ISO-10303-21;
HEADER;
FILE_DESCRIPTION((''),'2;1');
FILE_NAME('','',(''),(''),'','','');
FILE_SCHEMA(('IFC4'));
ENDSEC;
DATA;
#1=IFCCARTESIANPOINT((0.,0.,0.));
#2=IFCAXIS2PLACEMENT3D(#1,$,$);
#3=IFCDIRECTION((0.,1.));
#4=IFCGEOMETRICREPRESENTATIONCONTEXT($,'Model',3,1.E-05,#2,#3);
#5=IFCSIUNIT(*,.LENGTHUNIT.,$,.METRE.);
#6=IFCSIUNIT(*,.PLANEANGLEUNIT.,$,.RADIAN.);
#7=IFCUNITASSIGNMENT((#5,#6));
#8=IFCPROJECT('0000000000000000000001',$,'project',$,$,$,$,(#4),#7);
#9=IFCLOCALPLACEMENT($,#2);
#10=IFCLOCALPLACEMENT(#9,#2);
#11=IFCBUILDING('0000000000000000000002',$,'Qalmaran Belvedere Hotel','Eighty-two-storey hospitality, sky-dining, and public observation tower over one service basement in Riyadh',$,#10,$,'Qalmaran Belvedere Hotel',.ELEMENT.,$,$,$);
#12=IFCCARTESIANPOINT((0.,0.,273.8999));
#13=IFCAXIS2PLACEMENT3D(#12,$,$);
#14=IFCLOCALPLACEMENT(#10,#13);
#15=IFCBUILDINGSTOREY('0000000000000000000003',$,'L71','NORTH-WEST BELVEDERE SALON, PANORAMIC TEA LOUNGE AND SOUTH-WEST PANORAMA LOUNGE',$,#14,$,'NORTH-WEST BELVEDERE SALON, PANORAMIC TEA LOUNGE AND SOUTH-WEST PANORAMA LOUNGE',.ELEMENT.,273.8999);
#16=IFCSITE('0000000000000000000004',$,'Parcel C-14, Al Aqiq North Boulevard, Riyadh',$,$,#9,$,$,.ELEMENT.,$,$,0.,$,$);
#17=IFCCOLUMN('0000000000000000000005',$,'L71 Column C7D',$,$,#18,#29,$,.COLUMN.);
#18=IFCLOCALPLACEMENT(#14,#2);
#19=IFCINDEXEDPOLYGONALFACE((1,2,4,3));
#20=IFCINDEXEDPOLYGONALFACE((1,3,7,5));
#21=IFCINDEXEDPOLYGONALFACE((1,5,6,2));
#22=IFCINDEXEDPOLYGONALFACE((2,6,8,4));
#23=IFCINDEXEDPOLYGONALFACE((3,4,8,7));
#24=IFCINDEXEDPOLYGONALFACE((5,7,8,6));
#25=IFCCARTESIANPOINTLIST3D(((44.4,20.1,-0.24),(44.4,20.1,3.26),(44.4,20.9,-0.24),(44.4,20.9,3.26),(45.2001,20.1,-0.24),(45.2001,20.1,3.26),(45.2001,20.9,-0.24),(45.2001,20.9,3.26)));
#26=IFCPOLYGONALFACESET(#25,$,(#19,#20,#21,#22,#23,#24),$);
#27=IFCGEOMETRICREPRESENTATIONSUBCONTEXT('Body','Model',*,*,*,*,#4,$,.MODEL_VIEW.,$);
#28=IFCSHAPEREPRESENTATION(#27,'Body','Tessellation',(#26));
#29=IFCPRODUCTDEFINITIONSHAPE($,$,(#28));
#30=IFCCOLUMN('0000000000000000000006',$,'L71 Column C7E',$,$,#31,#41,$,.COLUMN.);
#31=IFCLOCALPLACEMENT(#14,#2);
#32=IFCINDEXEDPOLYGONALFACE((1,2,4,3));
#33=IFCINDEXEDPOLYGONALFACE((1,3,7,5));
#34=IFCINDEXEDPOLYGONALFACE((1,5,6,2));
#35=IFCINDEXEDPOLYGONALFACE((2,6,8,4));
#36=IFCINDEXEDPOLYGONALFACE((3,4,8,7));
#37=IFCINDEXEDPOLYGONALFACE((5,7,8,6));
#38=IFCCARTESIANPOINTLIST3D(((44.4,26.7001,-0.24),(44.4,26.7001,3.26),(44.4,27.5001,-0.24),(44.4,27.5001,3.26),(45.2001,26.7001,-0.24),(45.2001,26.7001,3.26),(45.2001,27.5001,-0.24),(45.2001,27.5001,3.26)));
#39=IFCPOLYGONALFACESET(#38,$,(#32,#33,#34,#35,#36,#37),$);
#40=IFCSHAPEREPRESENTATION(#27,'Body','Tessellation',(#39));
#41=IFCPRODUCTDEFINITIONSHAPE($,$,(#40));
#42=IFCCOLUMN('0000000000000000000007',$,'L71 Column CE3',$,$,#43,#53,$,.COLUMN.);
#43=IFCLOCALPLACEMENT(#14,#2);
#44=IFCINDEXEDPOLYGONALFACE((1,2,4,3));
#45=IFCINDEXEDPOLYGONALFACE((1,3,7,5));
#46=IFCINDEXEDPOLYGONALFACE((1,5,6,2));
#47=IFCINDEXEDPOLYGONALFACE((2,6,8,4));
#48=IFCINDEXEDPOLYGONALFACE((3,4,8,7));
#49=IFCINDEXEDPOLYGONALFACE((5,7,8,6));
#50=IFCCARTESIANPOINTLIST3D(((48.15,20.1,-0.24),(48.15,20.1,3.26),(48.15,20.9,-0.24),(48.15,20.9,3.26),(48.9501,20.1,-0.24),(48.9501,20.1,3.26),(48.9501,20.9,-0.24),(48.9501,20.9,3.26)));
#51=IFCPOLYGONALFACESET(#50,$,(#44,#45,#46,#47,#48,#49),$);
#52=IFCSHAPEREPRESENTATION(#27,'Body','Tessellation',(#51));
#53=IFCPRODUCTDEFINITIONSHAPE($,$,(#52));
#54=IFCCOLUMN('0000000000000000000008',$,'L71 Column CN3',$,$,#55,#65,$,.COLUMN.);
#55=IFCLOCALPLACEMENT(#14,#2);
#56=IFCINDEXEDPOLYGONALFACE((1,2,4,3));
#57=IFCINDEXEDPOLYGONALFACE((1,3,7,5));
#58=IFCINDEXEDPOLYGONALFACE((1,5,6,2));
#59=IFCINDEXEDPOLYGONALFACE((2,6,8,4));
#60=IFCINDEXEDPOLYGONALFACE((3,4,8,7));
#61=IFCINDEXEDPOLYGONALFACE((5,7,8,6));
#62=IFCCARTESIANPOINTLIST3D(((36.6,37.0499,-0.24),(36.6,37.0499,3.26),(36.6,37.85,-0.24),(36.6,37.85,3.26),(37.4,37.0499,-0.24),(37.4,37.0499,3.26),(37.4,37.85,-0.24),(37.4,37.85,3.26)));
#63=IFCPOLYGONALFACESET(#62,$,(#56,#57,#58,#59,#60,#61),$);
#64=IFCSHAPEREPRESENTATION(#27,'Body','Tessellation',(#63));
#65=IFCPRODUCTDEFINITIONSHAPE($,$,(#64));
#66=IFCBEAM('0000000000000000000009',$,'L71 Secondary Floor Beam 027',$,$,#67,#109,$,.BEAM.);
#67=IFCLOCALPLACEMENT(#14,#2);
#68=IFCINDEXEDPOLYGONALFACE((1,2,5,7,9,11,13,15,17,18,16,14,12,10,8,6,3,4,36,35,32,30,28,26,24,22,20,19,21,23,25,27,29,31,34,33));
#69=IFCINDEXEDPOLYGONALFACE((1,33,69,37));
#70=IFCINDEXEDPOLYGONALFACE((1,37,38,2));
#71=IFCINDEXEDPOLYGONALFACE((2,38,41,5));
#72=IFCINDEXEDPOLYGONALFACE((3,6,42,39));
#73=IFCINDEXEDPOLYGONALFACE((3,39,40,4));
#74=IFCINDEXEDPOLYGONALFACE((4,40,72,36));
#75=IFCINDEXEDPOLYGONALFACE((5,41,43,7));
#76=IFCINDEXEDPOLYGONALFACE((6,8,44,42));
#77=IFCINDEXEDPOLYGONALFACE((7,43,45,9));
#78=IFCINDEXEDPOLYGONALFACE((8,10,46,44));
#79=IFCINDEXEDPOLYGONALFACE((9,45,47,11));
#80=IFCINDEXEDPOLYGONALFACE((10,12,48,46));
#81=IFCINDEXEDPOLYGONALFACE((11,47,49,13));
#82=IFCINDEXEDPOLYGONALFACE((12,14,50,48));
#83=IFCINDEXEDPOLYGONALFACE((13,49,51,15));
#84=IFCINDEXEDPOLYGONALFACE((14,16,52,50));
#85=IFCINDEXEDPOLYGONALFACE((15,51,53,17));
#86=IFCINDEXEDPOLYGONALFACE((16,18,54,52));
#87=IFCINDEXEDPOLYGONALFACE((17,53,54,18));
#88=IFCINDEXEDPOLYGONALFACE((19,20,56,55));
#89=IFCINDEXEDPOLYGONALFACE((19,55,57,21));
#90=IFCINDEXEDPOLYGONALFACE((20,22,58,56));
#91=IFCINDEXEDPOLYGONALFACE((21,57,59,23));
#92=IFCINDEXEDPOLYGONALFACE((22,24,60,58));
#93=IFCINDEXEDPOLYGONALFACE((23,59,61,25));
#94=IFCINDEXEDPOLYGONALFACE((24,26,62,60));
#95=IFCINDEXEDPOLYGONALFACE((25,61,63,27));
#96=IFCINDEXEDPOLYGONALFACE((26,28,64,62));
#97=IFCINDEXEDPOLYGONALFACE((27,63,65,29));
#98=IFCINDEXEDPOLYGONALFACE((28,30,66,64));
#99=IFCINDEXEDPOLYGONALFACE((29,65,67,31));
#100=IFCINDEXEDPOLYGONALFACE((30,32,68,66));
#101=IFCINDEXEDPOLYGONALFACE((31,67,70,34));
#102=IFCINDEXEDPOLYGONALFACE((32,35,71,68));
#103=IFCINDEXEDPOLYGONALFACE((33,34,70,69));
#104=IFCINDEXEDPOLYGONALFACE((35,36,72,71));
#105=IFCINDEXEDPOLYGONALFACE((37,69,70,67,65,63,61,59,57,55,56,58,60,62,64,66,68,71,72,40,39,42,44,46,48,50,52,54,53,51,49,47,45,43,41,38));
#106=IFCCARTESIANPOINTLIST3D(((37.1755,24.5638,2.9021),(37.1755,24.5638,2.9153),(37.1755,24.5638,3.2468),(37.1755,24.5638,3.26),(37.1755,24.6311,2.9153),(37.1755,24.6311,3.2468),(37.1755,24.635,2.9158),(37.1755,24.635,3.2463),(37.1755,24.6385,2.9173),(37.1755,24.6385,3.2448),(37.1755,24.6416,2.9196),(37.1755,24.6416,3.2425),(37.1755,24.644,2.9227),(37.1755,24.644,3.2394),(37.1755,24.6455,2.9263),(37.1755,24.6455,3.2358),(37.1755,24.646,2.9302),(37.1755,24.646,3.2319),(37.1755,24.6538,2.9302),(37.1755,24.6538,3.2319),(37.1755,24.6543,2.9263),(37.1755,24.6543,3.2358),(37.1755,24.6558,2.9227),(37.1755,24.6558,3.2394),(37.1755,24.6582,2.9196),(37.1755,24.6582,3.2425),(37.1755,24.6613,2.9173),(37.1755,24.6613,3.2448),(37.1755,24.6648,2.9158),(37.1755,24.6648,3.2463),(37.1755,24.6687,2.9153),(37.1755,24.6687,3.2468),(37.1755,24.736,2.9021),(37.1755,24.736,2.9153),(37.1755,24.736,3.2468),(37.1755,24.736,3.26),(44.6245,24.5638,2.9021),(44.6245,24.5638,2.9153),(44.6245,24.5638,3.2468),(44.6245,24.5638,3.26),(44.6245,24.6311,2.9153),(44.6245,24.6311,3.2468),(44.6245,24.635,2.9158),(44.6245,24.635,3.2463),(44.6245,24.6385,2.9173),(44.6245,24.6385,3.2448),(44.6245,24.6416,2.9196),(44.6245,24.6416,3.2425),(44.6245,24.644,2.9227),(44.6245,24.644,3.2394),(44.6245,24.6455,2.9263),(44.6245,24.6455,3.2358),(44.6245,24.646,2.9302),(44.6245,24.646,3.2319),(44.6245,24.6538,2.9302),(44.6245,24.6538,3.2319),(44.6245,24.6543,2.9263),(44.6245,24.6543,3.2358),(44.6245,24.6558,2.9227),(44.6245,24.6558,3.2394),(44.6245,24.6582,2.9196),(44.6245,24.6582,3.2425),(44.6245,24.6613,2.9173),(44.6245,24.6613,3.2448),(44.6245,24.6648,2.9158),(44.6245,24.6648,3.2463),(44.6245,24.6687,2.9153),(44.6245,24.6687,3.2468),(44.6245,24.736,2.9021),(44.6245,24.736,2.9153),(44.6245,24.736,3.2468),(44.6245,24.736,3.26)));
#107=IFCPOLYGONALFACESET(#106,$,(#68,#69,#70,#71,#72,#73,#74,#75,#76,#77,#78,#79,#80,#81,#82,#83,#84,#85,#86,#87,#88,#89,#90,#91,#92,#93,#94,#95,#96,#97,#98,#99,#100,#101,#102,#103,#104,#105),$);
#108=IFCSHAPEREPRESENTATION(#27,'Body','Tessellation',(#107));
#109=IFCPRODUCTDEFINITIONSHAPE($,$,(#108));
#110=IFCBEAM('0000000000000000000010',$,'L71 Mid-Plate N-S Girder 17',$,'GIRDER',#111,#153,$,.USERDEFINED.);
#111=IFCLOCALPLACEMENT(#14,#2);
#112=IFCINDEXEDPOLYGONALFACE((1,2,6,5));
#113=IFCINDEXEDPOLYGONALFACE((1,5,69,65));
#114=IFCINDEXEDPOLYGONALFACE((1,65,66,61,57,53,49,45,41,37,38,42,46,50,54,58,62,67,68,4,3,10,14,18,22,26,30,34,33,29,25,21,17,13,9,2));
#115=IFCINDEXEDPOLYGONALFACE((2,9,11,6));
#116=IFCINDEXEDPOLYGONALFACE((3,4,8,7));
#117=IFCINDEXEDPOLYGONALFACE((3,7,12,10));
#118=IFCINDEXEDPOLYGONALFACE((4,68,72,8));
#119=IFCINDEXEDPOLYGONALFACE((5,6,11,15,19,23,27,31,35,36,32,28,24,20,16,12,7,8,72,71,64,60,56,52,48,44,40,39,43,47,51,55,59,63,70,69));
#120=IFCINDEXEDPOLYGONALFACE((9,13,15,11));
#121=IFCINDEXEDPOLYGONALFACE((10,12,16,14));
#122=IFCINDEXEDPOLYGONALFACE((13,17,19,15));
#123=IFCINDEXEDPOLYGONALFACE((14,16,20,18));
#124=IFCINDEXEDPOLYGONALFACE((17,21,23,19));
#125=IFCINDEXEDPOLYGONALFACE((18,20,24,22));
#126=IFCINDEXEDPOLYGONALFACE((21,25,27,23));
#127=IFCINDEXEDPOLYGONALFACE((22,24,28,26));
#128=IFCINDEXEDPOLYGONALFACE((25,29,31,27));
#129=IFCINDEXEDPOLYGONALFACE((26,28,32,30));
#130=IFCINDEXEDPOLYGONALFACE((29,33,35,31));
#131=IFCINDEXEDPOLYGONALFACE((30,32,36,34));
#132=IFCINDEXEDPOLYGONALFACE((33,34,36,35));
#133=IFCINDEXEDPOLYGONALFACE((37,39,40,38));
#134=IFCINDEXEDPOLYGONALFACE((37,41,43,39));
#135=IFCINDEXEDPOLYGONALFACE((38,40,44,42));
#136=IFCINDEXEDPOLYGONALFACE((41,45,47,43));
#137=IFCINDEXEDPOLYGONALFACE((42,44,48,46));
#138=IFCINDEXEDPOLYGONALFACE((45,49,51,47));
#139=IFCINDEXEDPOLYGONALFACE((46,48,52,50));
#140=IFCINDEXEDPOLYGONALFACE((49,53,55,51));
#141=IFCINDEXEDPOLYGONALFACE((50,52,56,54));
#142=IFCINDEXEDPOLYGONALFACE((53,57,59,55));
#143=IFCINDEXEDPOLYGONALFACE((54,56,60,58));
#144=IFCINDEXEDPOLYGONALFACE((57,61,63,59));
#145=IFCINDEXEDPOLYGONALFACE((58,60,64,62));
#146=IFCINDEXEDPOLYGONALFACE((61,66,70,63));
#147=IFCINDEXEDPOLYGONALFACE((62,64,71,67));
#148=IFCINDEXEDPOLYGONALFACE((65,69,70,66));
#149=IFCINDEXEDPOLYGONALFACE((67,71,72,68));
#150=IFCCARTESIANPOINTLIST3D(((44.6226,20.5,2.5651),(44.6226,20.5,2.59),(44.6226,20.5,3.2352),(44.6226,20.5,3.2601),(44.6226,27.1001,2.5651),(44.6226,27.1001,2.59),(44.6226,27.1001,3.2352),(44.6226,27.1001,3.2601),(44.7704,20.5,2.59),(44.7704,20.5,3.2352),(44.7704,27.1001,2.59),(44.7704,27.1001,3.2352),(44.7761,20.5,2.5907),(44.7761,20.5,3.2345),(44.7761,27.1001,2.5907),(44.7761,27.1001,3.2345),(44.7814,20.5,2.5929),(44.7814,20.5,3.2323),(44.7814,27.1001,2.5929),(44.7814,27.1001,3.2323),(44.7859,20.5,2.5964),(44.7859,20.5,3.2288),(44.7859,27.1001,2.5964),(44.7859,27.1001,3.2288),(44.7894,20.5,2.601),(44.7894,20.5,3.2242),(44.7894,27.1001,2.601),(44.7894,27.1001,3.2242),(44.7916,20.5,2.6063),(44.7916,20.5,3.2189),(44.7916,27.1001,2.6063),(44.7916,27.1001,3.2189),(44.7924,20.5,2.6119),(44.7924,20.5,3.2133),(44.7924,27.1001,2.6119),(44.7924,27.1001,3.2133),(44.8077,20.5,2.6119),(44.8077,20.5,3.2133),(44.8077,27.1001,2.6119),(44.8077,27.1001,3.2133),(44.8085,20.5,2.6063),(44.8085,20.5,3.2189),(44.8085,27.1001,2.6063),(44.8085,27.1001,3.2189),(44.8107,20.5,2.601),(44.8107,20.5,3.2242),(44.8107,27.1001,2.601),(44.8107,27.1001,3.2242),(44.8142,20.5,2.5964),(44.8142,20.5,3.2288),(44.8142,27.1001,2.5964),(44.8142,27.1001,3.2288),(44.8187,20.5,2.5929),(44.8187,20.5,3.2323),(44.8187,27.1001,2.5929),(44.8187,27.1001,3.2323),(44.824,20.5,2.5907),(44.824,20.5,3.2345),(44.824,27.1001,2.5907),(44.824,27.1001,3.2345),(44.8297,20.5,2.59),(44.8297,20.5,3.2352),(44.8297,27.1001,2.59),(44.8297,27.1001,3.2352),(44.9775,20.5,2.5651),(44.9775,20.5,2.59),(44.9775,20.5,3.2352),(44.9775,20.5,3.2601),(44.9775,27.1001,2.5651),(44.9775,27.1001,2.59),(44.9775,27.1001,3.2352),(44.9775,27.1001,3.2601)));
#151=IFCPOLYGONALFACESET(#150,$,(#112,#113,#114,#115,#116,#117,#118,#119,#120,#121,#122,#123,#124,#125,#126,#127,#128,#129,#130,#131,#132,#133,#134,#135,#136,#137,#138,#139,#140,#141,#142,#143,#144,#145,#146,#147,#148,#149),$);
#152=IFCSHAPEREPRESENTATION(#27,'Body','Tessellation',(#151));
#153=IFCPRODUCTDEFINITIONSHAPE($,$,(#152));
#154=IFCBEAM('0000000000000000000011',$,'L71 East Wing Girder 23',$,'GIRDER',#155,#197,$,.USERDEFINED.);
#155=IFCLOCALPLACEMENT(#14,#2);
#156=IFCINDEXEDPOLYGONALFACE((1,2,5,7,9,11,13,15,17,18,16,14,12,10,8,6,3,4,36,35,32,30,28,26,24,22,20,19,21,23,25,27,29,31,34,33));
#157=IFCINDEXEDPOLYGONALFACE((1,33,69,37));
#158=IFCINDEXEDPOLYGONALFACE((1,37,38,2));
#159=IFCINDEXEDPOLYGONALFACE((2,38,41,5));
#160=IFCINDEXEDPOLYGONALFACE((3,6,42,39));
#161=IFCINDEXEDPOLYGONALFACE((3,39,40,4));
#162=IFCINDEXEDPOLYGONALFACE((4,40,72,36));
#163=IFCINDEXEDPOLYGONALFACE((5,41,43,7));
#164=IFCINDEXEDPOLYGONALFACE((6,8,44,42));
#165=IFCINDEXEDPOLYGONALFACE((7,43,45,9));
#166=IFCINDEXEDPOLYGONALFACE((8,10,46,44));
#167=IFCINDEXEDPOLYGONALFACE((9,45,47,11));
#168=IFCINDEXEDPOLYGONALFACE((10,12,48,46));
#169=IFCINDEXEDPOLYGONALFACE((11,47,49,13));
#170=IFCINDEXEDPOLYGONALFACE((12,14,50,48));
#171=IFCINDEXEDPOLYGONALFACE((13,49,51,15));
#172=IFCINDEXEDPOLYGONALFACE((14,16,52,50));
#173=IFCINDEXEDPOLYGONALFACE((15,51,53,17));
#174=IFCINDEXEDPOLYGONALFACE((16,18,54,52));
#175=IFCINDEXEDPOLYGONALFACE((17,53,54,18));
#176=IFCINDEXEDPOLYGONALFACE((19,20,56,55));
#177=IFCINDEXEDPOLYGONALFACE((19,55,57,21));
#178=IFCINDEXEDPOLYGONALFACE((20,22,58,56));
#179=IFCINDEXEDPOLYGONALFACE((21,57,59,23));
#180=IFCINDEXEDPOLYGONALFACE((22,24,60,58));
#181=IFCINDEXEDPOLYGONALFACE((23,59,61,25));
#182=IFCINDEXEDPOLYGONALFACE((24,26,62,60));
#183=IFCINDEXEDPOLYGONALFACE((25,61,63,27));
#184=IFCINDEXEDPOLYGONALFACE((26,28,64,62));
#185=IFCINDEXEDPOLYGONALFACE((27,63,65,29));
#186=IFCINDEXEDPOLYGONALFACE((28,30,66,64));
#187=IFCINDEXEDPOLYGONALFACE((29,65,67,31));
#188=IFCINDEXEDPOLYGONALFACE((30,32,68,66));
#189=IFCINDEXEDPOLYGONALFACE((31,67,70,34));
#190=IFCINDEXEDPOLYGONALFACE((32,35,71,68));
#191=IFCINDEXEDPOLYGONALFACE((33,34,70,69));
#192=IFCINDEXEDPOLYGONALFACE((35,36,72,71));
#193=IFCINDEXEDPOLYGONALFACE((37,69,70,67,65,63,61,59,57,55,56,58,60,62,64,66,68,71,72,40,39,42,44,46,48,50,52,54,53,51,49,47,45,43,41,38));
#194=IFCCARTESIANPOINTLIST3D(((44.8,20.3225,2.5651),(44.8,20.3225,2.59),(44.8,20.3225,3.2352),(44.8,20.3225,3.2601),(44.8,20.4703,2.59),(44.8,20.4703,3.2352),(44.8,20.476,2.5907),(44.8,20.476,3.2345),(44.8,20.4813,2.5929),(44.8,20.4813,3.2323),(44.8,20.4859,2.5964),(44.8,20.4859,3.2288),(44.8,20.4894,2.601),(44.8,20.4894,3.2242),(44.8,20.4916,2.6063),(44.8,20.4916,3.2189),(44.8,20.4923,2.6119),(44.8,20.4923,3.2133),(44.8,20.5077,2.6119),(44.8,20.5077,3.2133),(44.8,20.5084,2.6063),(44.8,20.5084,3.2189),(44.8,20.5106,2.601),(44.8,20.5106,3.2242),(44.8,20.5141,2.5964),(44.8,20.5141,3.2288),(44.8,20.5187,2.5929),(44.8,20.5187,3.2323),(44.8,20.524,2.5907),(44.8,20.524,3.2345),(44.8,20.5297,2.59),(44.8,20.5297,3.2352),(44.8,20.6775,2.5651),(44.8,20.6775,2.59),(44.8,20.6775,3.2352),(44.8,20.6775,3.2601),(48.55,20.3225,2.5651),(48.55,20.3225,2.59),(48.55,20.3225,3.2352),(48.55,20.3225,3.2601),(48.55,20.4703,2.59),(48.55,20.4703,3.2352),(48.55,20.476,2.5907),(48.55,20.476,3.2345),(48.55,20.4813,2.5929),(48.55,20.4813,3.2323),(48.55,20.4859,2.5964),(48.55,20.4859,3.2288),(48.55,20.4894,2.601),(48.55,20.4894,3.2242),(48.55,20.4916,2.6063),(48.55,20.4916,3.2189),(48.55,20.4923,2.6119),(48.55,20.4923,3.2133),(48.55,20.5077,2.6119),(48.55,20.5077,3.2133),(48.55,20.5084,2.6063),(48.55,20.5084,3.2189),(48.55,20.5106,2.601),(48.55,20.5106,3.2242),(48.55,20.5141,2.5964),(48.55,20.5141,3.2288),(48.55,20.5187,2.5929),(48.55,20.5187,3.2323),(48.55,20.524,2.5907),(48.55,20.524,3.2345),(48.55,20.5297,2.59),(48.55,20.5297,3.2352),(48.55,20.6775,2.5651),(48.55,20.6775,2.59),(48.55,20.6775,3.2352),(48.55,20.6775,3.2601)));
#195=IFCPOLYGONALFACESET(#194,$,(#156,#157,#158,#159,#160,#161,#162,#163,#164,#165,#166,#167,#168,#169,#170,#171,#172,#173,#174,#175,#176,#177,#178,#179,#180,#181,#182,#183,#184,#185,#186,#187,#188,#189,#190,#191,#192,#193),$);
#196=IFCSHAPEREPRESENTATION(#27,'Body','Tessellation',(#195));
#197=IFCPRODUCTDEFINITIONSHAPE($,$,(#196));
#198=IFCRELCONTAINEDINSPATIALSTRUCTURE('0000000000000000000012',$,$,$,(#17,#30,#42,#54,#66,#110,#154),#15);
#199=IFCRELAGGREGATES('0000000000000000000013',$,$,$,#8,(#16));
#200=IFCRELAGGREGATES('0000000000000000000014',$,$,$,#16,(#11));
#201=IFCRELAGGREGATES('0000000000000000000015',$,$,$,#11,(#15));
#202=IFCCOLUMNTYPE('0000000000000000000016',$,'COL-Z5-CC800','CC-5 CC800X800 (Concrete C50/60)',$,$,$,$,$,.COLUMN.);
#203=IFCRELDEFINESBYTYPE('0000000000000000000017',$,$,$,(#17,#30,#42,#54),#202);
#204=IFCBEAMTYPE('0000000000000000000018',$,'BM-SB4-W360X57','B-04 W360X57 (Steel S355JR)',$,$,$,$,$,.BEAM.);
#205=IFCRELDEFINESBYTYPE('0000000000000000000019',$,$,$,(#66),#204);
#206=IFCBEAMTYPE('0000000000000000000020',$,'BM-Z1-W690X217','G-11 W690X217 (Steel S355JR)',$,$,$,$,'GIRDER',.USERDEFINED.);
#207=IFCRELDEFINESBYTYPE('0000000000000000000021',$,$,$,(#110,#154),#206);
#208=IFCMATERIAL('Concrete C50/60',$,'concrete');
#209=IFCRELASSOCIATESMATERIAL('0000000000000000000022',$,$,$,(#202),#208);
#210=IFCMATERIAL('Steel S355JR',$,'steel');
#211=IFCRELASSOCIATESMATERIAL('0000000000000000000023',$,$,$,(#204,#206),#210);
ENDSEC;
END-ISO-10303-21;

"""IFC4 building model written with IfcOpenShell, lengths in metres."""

from ifc_helpers import new_model, si_unit, direction, frame, origin, origin_2d, place, context, subcontext, project, spatial, rectangle, i_section, extrude, material, material_profile, profile_set, type_object, element, save


model = new_model("IFC4")

# Units and contexts
model_context = context("Model", 3, precision=1e-05, world=origin(), true_north=direction((0.0, 1.0)))
body_context = subcontext(model_context, "Body", "Model", "MODEL_VIEW")
ifc_project = project(units=[si_unit("LENGTHUNIT", "METRE"), si_unit("PLANEANGLEUNIT", "RADIAN")], contexts=[model_context])

# Site, building, storey
site_placement = place(None, origin())
site = spatial("IfcSite", under=ifc_project, at=site_placement, Name="Parcel C-14, Al Aqiq North Boulevard, Riyadh", CompositionType="ELEMENT", RefElevation=0.0)
building_placement = place(site_placement, origin())
building = spatial("IfcBuilding", under=site, at=building_placement, Name="Qalmaran Belvedere Hotel", Description="Eighty-two-storey hospitality, sky-dining, and public observation tower over one service basement in Riyadh", LongName="Qalmaran Belvedere Hotel", CompositionType="ELEMENT")
storey_placement = place(building_placement, frame((0.0, 0.0, 273.8999)))
storey = spatial("IfcBuildingStorey", under=building, at=storey_placement, Name="L71", Description="NORTH-WEST BELVEDERE SALON, PANORAMIC TEA LOUNGE AND SOUTH-WEST PANORAMA LOUNGE", LongName="NORTH-WEST BELVEDERE SALON, PANORAMIC TEA LOUNGE AND SOUTH-WEST PANORAMA LOUNGE", CompositionType="ELEMENT", Elevation=273.8999)

# Columns
ifc_material_1 = material(Name="Concrete C50/60", Category="concrete")
ifc_material_profile_1 = material_profile(ifc_material_1, rectangle(XDim=0.8, YDim=0.8, at=origin_2d()), Name="CC800X800")
ifc_profile_set_1 = profile_set([ifc_material_profile_1], Name="Concrete C50/60")
column_type = type_object("IfcColumnType", Name="COL-Z5-CC800", Description="CC-5 CC800X800 (Concrete C50/60)", PredefinedType="COLUMN", material=ifc_profile_set_1)
for number, where, z_axis, x_axis, name in (
    (1, (44.8, 20.5, -0.24), (0.0, 0.0, 1.0), (1.0, 0.0, 0.0), "L71 Column C7D"),
    (2, (44.8, 27.1001, -0.24), (0.0, 0.0, 1.0), (1.0, 0.0, 0.0), "L71 Column C7E"),
    (3, (48.55, 20.5, -0.24), (0.0, 0.0, 1.0), (1.0, 0.0, 0.0), "L71 Column CE3"),
    (4, (37.0, 37.45, -0.24), (0.0, 0.0, 1.0), (1.0, 0.0, 0.0), "L71 Column CN3"),
):
    element("IfcColumn", number, at=place(storey_placement, frame(where, z_axis=z_axis, x_axis=x_axis)), inside=storey, type_object=column_type, Name=name, PredefinedType="COLUMN", context=body_context, shape_type="SweptSolid", body=[
        extrude(rectangle(XDim=0.8, YDim=0.8, at=origin_2d()), origin(), (0.0, 0.0, 1.0), 3.5),
    ])

# Beams
ifc_material_2 = material(Name="Steel S355JR", Category="steel")
ifc_material_profile_2 = material_profile(ifc_material_2, i_section(OverallWidth=0.1721, OverallDepth=0.3579, WebThickness=0.0078, FlangeThickness=0.0132, FilletRadius=0.0149, at=origin_2d()), Name="W360X57")
ifc_profile_set_2 = profile_set([ifc_material_profile_2], Name="Steel S355JR")
beam_type_1 = type_object("IfcBeamType", Name="BM-SB4-W360X57", Description="B-04 W360X57 (Steel S355JR)", PredefinedType="BEAM", material=ifc_profile_set_2)
beam_1_placement = place(storey_placement, frame((37.1755, 24.6499, 3.0811), z_axis=(1.0, 0.0, 0.0), x_axis=(0.0, 1.0, 0.0)))
element("IfcBeam", 5, at=beam_1_placement, inside=storey, type_object=beam_type_1, Name="L71 Secondary Floor Beam 027", PredefinedType="BEAM", context=body_context, shape_type="SweptSolid", body=[
    extrude(i_section(OverallWidth=0.1721, OverallDepth=0.3579, WebThickness=0.0078, FlangeThickness=0.0132, FilletRadius=0.0149, at=origin_2d()), origin(), (0.0, 0.0, 1.0), 7.449),
])
ifc_material_profile_3 = material_profile(ifc_material_2, i_section(OverallWidth=0.355, OverallDepth=0.6951, WebThickness=0.0154, FlangeThickness=0.0249, FilletRadius=0.022, at=origin_2d()), Name="W690X217")
ifc_profile_set_3 = profile_set([ifc_material_profile_3], Name="Steel S355JR")
beam_type_2 = type_object("IfcBeamType", Name="BM-Z1-W690X217", Description="G-11 W690X217 (Steel S355JR)", ElementType="GIRDER", PredefinedType="USERDEFINED", material=ifc_profile_set_3)
beam_2_placement = place(storey_placement, frame((44.8, 20.5, 2.9126), z_axis=(0.0, 1.0, 0.0), x_axis=(-1.0, 0.0, 0.0)))
element("IfcBeam", 6, at=beam_2_placement, inside=storey, type_object=beam_type_2, Name="L71 Mid-Plate N-S Girder 17", ObjectType="GIRDER", PredefinedType="USERDEFINED", context=body_context, shape_type="SweptSolid", body=[
    extrude(i_section(OverallWidth=0.355, OverallDepth=0.6951, WebThickness=0.0154, FlangeThickness=0.0249, FilletRadius=0.022, at=origin_2d()), origin(), (0.0, 0.0, 1.0), 6.6001),
])
beam_3_placement = place(storey_placement, frame((44.8, 20.5, 2.9126), z_axis=(1.0, 0.0, 0.0), x_axis=(0.0, 1.0, 0.0)))
element("IfcBeam", 7, at=beam_3_placement, inside=storey, type_object=beam_type_2, Name="L71 East Wing Girder 23", ObjectType="GIRDER", PredefinedType="USERDEFINED", context=body_context, shape_type="SweptSolid", body=[
    extrude(i_section(OverallWidth=0.355, OverallDepth=0.6951, WebThickness=0.0154, FlangeThickness=0.0249, FilletRadius=0.022, at=origin_2d()), origin(), (0.0, 0.0, 1.0), 3.75),
])

save(model, "model.ifc")
